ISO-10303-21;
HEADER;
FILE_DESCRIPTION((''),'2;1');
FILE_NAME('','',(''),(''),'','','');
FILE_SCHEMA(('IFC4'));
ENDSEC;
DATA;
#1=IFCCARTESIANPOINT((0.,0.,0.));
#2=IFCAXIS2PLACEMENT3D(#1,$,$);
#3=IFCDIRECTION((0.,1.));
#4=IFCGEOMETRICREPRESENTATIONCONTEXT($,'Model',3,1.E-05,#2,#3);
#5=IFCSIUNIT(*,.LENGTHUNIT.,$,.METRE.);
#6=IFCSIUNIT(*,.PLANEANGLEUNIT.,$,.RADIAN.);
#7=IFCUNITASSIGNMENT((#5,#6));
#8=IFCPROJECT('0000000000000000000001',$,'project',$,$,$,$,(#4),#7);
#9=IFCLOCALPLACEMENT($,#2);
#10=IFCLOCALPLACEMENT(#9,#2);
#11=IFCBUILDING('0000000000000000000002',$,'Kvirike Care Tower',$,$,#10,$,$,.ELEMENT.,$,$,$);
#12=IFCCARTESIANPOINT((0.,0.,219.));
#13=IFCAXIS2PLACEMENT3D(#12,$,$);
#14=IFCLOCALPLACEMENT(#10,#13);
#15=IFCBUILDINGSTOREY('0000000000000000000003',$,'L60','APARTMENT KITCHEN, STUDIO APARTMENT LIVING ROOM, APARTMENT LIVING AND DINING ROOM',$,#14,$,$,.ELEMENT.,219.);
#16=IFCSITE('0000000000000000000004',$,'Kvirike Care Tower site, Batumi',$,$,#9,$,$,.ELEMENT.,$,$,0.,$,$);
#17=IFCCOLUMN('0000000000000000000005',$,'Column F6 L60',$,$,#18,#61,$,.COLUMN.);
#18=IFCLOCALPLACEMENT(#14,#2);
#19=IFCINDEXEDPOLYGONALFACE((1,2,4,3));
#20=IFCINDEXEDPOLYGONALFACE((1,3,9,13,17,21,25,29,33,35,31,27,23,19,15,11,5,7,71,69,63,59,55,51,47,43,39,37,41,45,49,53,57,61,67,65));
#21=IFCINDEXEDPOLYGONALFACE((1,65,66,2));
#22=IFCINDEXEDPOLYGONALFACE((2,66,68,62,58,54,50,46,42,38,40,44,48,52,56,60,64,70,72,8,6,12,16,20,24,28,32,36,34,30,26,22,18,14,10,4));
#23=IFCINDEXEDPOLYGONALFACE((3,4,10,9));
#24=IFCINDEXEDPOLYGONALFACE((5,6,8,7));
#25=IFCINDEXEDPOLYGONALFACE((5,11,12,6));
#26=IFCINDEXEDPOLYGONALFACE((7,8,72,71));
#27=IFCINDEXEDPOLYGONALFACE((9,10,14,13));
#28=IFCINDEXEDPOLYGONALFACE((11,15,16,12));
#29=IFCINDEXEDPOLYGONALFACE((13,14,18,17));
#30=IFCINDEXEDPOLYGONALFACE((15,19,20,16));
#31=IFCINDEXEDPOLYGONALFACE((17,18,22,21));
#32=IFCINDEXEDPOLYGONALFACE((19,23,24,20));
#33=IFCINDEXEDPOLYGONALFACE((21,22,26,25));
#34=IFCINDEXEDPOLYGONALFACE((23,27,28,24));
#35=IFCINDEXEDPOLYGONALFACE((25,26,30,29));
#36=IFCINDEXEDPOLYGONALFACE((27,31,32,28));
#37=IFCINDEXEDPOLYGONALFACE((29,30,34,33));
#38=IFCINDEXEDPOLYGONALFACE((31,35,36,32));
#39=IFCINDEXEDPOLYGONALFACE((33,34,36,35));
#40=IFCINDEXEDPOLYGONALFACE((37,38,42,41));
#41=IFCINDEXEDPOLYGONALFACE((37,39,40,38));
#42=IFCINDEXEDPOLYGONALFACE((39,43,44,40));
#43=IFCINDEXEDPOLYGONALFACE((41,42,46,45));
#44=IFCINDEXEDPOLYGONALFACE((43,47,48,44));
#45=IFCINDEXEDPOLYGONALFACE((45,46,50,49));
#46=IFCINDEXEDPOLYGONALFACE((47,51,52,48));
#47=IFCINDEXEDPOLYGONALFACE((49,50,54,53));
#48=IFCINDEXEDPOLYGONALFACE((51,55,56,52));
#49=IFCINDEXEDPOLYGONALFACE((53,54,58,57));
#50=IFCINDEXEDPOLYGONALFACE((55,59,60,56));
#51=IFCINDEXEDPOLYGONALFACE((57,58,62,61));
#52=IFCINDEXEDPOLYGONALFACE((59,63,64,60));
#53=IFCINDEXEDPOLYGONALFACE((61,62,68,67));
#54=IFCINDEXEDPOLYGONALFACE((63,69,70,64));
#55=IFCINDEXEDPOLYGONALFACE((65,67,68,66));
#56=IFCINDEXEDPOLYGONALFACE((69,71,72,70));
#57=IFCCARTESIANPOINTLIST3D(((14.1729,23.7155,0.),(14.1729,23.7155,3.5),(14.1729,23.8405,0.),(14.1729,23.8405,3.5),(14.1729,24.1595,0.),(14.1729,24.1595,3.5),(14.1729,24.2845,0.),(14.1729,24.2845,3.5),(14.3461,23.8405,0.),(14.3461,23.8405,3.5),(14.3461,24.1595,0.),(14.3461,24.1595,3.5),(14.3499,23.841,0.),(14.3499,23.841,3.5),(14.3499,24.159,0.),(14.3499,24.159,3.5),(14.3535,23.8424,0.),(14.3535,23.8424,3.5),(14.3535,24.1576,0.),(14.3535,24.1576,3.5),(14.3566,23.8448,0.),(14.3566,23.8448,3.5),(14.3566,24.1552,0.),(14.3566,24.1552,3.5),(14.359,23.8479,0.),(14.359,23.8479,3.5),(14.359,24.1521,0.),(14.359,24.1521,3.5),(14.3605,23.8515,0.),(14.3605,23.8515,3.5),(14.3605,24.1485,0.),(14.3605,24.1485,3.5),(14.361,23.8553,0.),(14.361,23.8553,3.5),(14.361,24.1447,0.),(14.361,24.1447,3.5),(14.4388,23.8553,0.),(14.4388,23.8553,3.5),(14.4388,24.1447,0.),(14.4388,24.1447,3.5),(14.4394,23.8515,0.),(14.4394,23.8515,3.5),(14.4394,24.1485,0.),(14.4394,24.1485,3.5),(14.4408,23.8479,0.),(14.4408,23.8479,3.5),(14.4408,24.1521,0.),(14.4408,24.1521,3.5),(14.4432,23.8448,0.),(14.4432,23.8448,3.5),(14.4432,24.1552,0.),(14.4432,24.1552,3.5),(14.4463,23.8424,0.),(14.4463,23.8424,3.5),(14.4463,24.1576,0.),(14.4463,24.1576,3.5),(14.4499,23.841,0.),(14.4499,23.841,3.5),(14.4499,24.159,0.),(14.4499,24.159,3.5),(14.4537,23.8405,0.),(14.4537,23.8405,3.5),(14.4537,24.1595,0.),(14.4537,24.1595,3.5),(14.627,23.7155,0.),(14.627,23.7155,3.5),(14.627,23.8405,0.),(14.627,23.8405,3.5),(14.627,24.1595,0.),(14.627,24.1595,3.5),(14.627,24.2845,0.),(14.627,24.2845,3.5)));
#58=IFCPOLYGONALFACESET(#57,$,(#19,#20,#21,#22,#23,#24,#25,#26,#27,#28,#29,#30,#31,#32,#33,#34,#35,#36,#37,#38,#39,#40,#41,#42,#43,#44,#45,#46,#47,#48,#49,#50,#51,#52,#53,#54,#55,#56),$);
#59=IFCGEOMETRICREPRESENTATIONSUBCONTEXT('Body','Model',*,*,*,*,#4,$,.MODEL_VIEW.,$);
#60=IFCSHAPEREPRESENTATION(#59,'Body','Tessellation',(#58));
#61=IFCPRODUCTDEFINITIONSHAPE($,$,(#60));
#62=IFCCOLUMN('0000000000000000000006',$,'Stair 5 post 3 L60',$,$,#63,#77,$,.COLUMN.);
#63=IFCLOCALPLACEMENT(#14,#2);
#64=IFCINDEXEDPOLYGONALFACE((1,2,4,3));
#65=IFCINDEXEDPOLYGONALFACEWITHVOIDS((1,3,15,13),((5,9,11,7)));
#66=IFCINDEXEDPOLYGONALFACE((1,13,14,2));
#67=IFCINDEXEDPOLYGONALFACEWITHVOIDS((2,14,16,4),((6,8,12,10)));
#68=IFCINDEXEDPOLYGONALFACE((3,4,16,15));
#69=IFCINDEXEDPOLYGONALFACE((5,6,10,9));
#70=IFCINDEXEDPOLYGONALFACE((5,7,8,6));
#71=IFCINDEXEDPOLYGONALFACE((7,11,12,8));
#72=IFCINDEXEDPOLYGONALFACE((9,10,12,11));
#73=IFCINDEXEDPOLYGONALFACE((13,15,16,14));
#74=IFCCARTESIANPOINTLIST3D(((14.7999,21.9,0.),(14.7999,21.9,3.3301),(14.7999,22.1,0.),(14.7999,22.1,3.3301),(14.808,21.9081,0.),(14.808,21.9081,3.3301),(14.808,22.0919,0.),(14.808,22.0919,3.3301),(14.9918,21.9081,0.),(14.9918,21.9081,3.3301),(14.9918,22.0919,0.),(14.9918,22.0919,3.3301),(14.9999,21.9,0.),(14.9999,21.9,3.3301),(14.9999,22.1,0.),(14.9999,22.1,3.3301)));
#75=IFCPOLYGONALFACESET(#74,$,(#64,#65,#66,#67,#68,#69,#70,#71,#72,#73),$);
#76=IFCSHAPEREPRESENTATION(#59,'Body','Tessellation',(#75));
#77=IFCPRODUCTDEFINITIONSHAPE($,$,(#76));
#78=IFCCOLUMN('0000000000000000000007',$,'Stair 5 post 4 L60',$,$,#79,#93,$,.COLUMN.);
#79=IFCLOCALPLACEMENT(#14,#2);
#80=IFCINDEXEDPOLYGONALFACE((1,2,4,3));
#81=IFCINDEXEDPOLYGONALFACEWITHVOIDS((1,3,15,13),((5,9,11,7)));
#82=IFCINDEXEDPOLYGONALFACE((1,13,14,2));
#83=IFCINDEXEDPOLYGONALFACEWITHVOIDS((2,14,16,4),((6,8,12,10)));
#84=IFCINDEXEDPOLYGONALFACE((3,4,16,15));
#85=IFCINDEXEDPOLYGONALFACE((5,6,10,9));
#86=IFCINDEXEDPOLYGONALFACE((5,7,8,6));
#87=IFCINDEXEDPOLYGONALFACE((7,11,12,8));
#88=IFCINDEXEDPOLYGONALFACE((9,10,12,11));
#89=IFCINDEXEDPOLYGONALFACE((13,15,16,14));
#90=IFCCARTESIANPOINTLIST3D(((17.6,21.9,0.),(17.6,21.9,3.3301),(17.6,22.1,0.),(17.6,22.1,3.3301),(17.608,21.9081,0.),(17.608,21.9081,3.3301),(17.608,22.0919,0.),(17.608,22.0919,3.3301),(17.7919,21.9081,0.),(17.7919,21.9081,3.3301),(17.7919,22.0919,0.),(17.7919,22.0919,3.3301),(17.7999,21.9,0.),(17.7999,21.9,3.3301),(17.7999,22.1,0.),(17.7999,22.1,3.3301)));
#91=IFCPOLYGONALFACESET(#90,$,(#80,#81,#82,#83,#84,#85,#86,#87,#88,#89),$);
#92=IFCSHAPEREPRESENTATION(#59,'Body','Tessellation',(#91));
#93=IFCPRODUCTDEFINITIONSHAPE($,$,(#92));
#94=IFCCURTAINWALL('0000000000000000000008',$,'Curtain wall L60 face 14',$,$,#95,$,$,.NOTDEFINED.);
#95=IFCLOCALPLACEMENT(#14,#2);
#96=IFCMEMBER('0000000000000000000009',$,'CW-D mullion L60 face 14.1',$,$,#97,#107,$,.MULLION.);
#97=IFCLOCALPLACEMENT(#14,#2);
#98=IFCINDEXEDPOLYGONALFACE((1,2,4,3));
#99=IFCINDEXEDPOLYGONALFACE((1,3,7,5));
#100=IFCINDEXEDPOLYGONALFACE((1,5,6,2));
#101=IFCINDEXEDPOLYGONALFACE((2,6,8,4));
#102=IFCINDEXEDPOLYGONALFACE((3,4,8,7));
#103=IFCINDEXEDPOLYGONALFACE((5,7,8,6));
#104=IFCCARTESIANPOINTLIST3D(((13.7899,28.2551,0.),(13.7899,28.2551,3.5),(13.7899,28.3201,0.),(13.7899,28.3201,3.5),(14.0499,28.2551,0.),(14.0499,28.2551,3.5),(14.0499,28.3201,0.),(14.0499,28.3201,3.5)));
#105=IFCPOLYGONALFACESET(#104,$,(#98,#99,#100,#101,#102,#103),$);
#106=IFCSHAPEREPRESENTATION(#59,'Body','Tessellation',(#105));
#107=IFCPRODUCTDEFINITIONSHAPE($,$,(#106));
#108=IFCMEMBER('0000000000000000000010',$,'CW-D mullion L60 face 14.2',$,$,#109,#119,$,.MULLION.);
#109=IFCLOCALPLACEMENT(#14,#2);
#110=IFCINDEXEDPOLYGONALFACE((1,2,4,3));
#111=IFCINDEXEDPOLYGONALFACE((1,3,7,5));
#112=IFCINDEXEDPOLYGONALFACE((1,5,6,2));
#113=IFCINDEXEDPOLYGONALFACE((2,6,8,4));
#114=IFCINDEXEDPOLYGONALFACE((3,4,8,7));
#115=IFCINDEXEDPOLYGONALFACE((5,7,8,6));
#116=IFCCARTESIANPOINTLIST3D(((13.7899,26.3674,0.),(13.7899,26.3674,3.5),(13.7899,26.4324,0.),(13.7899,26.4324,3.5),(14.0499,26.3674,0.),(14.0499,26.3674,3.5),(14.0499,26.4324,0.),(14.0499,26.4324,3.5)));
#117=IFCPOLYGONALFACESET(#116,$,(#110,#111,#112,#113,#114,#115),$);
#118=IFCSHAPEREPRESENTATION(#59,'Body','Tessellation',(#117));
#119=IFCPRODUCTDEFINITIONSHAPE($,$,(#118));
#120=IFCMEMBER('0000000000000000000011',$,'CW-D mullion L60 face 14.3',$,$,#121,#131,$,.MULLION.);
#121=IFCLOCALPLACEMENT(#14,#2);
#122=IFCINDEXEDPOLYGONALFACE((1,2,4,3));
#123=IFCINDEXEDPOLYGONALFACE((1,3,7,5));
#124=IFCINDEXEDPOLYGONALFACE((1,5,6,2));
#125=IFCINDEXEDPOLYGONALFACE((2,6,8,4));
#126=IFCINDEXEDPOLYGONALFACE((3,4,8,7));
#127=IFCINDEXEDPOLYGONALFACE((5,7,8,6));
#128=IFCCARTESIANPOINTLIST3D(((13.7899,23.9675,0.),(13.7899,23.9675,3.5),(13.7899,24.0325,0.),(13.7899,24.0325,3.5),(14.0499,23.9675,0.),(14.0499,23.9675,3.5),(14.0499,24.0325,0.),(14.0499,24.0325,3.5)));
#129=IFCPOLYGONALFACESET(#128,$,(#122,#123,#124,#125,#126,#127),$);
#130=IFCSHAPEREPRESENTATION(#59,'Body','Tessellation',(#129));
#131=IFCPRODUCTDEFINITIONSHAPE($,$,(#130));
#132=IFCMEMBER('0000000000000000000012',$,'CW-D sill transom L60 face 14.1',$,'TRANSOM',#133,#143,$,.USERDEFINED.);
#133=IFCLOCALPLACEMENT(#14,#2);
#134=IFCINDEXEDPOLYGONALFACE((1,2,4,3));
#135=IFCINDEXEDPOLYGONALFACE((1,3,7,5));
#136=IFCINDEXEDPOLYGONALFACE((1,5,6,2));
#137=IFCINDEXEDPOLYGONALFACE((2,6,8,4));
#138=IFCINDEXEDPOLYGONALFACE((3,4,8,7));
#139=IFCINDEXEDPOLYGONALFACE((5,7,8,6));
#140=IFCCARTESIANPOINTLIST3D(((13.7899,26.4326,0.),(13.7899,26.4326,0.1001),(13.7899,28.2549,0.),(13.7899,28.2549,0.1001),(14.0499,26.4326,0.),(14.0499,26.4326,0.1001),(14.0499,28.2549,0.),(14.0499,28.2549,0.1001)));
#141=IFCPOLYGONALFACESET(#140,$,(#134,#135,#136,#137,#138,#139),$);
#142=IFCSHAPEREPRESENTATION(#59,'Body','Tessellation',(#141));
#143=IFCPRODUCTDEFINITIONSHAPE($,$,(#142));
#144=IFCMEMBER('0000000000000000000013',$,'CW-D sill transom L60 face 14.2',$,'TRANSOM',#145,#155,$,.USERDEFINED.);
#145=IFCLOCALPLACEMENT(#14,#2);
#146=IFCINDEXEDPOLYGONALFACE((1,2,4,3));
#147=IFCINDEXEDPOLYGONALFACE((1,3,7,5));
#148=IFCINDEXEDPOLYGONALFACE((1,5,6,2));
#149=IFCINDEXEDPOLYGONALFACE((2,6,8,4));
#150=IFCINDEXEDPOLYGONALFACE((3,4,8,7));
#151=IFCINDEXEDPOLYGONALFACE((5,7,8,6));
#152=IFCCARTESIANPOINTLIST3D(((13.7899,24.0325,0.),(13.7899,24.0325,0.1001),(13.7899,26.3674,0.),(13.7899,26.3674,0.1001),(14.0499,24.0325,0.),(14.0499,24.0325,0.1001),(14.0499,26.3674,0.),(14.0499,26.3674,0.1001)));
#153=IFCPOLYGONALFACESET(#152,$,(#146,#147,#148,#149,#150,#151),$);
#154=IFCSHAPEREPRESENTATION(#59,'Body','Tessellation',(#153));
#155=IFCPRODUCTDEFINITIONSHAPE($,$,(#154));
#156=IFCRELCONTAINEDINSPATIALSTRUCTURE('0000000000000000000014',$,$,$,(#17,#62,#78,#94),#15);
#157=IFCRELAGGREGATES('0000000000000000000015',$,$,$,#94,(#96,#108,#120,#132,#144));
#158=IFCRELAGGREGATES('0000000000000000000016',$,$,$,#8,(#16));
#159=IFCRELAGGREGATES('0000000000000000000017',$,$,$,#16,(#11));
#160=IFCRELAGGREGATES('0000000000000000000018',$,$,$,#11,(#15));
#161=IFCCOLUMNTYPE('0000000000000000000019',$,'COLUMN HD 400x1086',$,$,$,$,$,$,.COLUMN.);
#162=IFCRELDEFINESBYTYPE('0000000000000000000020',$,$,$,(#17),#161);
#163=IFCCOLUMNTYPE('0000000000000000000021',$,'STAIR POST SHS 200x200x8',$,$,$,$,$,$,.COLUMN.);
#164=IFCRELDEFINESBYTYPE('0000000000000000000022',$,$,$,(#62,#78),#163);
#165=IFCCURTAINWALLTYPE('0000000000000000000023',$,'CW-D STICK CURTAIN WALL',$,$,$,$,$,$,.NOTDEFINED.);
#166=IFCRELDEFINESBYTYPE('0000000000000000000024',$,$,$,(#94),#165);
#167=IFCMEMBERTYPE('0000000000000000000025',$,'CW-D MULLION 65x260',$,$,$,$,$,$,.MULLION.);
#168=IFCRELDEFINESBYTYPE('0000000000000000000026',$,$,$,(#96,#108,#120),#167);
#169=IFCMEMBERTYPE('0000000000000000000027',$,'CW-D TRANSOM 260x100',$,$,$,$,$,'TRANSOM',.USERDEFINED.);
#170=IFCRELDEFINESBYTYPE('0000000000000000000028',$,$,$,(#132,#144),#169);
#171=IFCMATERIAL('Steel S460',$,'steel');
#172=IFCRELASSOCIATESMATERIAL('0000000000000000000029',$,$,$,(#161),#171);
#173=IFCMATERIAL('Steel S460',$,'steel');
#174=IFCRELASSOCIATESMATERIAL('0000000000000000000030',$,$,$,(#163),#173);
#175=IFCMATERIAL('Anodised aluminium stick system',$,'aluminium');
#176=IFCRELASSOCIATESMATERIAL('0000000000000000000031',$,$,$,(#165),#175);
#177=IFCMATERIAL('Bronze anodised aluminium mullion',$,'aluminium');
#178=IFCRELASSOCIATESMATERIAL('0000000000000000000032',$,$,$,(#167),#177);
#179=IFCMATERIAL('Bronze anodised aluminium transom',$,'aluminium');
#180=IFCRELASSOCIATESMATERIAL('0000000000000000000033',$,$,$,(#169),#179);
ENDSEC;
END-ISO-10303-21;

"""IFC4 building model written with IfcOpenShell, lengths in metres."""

from ifc_helpers import new_model, si_unit, direction, frame, origin, origin_2d, place, context, subcontext, project, spatial, rectangle, hollow_rectangle, i_section, extrude, material, material_profile, profile_set, type_object, element, aggregate, save


model = new_model("IFC4")

# Units and contexts
model_context = context("Model", 3, precision=1e-05, world=origin(), true_north=direction((0.0, 1.0)))
body_context = subcontext(model_context, "Body", "Model", "MODEL_VIEW")
ifc_project = project(units=[si_unit("LENGTHUNIT", "METRE"), si_unit("PLANEANGLEUNIT", "RADIAN")], contexts=[model_context])

# Site, building, storey
site_placement = place(None, origin())
site = spatial("IfcSite", under=ifc_project, at=site_placement, Name="Kvirike Care Tower site, Batumi", CompositionType="ELEMENT", RefElevation=0.0)
building_placement = place(site_placement, origin())
building = spatial("IfcBuilding", under=site, at=building_placement, Name="Kvirike Care Tower", CompositionType="ELEMENT")
storey_placement = place(building_placement, frame((0.0, 0.0, 219.0)))
storey = spatial("IfcBuildingStorey", under=building, at=storey_placement, Name="L60", Description="APARTMENT KITCHEN, STUDIO APARTMENT LIVING ROOM, APARTMENT LIVING AND DINING ROOM", CompositionType="ELEMENT", Elevation=219.0)

# Columns
ifc_material_1 = material(Name="Steel S460", Category="steel")
ifc_material_profile_1 = material_profile(ifc_material_1, i_section(OverallWidth=0.4541, OverallDepth=0.5691, WebThickness=0.0779, FlangeThickness=0.125, FilletRadius=0.0149, at=origin_2d()), Name="HD 400x1086")
ifc_profile_set_1 = profile_set([ifc_material_profile_1], Name="Steel S460")
column_type_1 = type_object("IfcColumnType", Name="COLUMN HD 400x1086", PredefinedType="COLUMN", material=ifc_profile_set_1)
column_placement = place(storey_placement, frame((14.3999, 24.0, 0.0), z_axis=(0.0, 0.0, 1.0), x_axis=(1.0, 0.0, 0.0)))
element("IfcColumn", 1, at=column_placement, inside=storey, type_object=column_type_1, Name="Column F6 L60", PredefinedType="COLUMN", context=body_context, shape_type="SweptSolid", body=[
    extrude(i_section(OverallWidth=0.4541, OverallDepth=0.5691, WebThickness=0.0779, FlangeThickness=0.125, FilletRadius=0.0149, at=origin_2d()), origin(), (0.0, 0.0, 1.0), 3.5),
])
ifc_material_2 = material(Name="Steel S460", Category="steel")
ifc_material_profile_2 = material_profile(ifc_material_2, hollow_rectangle(XDim=0.2, YDim=0.2, WallThickness=0.0081, at=origin_2d()), Name="SHS 200x200x8")
ifc_profile_set_2 = profile_set([ifc_material_profile_2], Name="Steel S460")
column_type_2 = type_object("IfcColumnType", Name="STAIR POST SHS 200x200x8", PredefinedType="COLUMN", material=ifc_profile_set_2)
for number, where, z_axis, x_axis, name in (
    (2, (14.8999, 22.0, 0.0), (0.0, 0.0, 1.0), (1.0, 0.0, 0.0), "Stair 5 post 3 L60"),
    (3, (17.7, 22.0, 0.0), (0.0, 0.0, 1.0), (1.0, 0.0, 0.0), "Stair 5 post 4 L60"),
):
    element("IfcColumn", number, at=place(storey_placement, frame(where, z_axis=z_axis, x_axis=x_axis)), inside=storey, type_object=column_type_2, Name=name, PredefinedType="COLUMN", context=body_context, shape_type="SweptSolid", body=[
        extrude(hollow_rectangle(XDim=0.2, YDim=0.2, WallThickness=0.0081, at=origin_2d()), origin(), (0.0, 0.0, 1.0), 3.3301),
    ])

# Curtain wall, members
ifc_material_3 = material(Name="Anodised aluminium stick system", Category="aluminium")
curtain_wall_type = type_object("IfcCurtainWallType", Name="CW-D STICK CURTAIN WALL", PredefinedType="NOTDEFINED", material=ifc_material_3)
curtain_wall_placement = place(storey_placement, origin())
curtain_wall = element("IfcCurtainWall", 4, at=curtain_wall_placement, inside=storey, type_object=curtain_wall_type, Name="Curtain wall L60 face 14", PredefinedType="NOTDEFINED")
ifc_material_4 = material(Name="Bronze anodised aluminium mullion", Category="aluminium")
ifc_material_profile_3 = material_profile(ifc_material_4, rectangle(XDim=0.0649, YDim=0.26, at=origin_2d()), Name="CW-D MULLION 65x260")
ifc_profile_set_3 = profile_set([ifc_material_profile_3], Name="Bronze anodised aluminium mullion")
member_type_1 = type_object("IfcMemberType", Name="CW-D MULLION 65x260", PredefinedType="MULLION", material=ifc_profile_set_3)
member_1_placement = place(storey_placement, frame((13.9199, 28.2876, 0.0), z_axis=(0.0, 0.0, 1.0), x_axis=(0.0, -1.0, 0.0)))
member_1 = element("IfcMember", 5, at=member_1_placement, type_object=member_type_1, Name="CW-D mullion L60 face 14.1", PredefinedType="MULLION", context=body_context, shape_type="SweptSolid", body=[
    extrude(rectangle(XDim=0.0649, YDim=0.26, at=origin_2d()), origin(), (0.0, 0.0, 1.0), 3.5),
])
member_2_placement = place(storey_placement, frame((13.9199, 26.3999, 0.0), z_axis=(0.0, 0.0, 1.0), x_axis=(0.0, -1.0, 0.0)))
member_2 = element("IfcMember", 6, at=member_2_placement, type_object=member_type_1, Name="CW-D mullion L60 face 14.2", PredefinedType="MULLION", context=body_context, shape_type="SweptSolid", body=[
    extrude(rectangle(XDim=0.0649, YDim=0.26, at=origin_2d()), origin(), (0.0, 0.0, 1.0), 3.5),
])
member_3_placement = place(storey_placement, frame((13.9199, 24.0, 0.0), z_axis=(0.0, 0.0, 1.0), x_axis=(0.0, -1.0, 0.0)))
member_3 = element("IfcMember", 7, at=member_3_placement, type_object=member_type_1, Name="CW-D mullion L60 face 14.3", PredefinedType="MULLION", context=body_context, shape_type="SweptSolid", body=[
    extrude(rectangle(XDim=0.0649, YDim=0.26, at=origin_2d()), origin(), (0.0, 0.0, 1.0), 3.5),
])
ifc_material_5 = material(Name="Bronze anodised aluminium transom", Category="aluminium")
ifc_material_profile_4 = material_profile(ifc_material_5, rectangle(XDim=0.26, YDim=0.1001, at=origin_2d()), Name="CW-D TRANSOM 260x100")
ifc_profile_set_4 = profile_set([ifc_material_profile_4], Name="Bronze anodised aluminium transom")
member_type_2 = type_object("IfcMemberType", Name="CW-D TRANSOM 260x100", ElementType="TRANSOM", PredefinedType="USERDEFINED", material=ifc_profile_set_4)
member_4_placement = place(storey_placement, frame((13.9199, 28.2549, 0.05), z_axis=(0.0, -1.0, 0.0), x_axis=(1.0, 0.0, 0.0)))
member_4 = element("IfcMember", 8, at=member_4_placement, type_object=member_type_2, Name="CW-D sill transom L60 face 14.1", ObjectType="TRANSOM", PredefinedType="USERDEFINED", context=body_context, shape_type="SweptSolid", body=[
    extrude(rectangle(XDim=0.26, YDim=0.1001, at=origin_2d()), origin(), (0.0, 0.0, 1.0), 1.8223),
])
member_5_placement = place(storey_placement, frame((13.9199, 26.3674, 0.05), z_axis=(0.0, -1.0, 0.0), x_axis=(1.0, 0.0, 0.0)))
member_5 = element("IfcMember", 9, at=member_5_placement, type_object=member_type_2, Name="CW-D sill transom L60 face 14.2", ObjectType="TRANSOM", PredefinedType="USERDEFINED", context=body_context, shape_type="SweptSolid", body=[
    extrude(rectangle(XDim=0.26, YDim=0.1001, at=origin_2d()), origin(), (0.0, 0.0, 1.0), 2.335),
])

aggregate(curtain_wall, [member_1, member_2, member_3, member_4, member_5])

save(model, "model.ifc")
